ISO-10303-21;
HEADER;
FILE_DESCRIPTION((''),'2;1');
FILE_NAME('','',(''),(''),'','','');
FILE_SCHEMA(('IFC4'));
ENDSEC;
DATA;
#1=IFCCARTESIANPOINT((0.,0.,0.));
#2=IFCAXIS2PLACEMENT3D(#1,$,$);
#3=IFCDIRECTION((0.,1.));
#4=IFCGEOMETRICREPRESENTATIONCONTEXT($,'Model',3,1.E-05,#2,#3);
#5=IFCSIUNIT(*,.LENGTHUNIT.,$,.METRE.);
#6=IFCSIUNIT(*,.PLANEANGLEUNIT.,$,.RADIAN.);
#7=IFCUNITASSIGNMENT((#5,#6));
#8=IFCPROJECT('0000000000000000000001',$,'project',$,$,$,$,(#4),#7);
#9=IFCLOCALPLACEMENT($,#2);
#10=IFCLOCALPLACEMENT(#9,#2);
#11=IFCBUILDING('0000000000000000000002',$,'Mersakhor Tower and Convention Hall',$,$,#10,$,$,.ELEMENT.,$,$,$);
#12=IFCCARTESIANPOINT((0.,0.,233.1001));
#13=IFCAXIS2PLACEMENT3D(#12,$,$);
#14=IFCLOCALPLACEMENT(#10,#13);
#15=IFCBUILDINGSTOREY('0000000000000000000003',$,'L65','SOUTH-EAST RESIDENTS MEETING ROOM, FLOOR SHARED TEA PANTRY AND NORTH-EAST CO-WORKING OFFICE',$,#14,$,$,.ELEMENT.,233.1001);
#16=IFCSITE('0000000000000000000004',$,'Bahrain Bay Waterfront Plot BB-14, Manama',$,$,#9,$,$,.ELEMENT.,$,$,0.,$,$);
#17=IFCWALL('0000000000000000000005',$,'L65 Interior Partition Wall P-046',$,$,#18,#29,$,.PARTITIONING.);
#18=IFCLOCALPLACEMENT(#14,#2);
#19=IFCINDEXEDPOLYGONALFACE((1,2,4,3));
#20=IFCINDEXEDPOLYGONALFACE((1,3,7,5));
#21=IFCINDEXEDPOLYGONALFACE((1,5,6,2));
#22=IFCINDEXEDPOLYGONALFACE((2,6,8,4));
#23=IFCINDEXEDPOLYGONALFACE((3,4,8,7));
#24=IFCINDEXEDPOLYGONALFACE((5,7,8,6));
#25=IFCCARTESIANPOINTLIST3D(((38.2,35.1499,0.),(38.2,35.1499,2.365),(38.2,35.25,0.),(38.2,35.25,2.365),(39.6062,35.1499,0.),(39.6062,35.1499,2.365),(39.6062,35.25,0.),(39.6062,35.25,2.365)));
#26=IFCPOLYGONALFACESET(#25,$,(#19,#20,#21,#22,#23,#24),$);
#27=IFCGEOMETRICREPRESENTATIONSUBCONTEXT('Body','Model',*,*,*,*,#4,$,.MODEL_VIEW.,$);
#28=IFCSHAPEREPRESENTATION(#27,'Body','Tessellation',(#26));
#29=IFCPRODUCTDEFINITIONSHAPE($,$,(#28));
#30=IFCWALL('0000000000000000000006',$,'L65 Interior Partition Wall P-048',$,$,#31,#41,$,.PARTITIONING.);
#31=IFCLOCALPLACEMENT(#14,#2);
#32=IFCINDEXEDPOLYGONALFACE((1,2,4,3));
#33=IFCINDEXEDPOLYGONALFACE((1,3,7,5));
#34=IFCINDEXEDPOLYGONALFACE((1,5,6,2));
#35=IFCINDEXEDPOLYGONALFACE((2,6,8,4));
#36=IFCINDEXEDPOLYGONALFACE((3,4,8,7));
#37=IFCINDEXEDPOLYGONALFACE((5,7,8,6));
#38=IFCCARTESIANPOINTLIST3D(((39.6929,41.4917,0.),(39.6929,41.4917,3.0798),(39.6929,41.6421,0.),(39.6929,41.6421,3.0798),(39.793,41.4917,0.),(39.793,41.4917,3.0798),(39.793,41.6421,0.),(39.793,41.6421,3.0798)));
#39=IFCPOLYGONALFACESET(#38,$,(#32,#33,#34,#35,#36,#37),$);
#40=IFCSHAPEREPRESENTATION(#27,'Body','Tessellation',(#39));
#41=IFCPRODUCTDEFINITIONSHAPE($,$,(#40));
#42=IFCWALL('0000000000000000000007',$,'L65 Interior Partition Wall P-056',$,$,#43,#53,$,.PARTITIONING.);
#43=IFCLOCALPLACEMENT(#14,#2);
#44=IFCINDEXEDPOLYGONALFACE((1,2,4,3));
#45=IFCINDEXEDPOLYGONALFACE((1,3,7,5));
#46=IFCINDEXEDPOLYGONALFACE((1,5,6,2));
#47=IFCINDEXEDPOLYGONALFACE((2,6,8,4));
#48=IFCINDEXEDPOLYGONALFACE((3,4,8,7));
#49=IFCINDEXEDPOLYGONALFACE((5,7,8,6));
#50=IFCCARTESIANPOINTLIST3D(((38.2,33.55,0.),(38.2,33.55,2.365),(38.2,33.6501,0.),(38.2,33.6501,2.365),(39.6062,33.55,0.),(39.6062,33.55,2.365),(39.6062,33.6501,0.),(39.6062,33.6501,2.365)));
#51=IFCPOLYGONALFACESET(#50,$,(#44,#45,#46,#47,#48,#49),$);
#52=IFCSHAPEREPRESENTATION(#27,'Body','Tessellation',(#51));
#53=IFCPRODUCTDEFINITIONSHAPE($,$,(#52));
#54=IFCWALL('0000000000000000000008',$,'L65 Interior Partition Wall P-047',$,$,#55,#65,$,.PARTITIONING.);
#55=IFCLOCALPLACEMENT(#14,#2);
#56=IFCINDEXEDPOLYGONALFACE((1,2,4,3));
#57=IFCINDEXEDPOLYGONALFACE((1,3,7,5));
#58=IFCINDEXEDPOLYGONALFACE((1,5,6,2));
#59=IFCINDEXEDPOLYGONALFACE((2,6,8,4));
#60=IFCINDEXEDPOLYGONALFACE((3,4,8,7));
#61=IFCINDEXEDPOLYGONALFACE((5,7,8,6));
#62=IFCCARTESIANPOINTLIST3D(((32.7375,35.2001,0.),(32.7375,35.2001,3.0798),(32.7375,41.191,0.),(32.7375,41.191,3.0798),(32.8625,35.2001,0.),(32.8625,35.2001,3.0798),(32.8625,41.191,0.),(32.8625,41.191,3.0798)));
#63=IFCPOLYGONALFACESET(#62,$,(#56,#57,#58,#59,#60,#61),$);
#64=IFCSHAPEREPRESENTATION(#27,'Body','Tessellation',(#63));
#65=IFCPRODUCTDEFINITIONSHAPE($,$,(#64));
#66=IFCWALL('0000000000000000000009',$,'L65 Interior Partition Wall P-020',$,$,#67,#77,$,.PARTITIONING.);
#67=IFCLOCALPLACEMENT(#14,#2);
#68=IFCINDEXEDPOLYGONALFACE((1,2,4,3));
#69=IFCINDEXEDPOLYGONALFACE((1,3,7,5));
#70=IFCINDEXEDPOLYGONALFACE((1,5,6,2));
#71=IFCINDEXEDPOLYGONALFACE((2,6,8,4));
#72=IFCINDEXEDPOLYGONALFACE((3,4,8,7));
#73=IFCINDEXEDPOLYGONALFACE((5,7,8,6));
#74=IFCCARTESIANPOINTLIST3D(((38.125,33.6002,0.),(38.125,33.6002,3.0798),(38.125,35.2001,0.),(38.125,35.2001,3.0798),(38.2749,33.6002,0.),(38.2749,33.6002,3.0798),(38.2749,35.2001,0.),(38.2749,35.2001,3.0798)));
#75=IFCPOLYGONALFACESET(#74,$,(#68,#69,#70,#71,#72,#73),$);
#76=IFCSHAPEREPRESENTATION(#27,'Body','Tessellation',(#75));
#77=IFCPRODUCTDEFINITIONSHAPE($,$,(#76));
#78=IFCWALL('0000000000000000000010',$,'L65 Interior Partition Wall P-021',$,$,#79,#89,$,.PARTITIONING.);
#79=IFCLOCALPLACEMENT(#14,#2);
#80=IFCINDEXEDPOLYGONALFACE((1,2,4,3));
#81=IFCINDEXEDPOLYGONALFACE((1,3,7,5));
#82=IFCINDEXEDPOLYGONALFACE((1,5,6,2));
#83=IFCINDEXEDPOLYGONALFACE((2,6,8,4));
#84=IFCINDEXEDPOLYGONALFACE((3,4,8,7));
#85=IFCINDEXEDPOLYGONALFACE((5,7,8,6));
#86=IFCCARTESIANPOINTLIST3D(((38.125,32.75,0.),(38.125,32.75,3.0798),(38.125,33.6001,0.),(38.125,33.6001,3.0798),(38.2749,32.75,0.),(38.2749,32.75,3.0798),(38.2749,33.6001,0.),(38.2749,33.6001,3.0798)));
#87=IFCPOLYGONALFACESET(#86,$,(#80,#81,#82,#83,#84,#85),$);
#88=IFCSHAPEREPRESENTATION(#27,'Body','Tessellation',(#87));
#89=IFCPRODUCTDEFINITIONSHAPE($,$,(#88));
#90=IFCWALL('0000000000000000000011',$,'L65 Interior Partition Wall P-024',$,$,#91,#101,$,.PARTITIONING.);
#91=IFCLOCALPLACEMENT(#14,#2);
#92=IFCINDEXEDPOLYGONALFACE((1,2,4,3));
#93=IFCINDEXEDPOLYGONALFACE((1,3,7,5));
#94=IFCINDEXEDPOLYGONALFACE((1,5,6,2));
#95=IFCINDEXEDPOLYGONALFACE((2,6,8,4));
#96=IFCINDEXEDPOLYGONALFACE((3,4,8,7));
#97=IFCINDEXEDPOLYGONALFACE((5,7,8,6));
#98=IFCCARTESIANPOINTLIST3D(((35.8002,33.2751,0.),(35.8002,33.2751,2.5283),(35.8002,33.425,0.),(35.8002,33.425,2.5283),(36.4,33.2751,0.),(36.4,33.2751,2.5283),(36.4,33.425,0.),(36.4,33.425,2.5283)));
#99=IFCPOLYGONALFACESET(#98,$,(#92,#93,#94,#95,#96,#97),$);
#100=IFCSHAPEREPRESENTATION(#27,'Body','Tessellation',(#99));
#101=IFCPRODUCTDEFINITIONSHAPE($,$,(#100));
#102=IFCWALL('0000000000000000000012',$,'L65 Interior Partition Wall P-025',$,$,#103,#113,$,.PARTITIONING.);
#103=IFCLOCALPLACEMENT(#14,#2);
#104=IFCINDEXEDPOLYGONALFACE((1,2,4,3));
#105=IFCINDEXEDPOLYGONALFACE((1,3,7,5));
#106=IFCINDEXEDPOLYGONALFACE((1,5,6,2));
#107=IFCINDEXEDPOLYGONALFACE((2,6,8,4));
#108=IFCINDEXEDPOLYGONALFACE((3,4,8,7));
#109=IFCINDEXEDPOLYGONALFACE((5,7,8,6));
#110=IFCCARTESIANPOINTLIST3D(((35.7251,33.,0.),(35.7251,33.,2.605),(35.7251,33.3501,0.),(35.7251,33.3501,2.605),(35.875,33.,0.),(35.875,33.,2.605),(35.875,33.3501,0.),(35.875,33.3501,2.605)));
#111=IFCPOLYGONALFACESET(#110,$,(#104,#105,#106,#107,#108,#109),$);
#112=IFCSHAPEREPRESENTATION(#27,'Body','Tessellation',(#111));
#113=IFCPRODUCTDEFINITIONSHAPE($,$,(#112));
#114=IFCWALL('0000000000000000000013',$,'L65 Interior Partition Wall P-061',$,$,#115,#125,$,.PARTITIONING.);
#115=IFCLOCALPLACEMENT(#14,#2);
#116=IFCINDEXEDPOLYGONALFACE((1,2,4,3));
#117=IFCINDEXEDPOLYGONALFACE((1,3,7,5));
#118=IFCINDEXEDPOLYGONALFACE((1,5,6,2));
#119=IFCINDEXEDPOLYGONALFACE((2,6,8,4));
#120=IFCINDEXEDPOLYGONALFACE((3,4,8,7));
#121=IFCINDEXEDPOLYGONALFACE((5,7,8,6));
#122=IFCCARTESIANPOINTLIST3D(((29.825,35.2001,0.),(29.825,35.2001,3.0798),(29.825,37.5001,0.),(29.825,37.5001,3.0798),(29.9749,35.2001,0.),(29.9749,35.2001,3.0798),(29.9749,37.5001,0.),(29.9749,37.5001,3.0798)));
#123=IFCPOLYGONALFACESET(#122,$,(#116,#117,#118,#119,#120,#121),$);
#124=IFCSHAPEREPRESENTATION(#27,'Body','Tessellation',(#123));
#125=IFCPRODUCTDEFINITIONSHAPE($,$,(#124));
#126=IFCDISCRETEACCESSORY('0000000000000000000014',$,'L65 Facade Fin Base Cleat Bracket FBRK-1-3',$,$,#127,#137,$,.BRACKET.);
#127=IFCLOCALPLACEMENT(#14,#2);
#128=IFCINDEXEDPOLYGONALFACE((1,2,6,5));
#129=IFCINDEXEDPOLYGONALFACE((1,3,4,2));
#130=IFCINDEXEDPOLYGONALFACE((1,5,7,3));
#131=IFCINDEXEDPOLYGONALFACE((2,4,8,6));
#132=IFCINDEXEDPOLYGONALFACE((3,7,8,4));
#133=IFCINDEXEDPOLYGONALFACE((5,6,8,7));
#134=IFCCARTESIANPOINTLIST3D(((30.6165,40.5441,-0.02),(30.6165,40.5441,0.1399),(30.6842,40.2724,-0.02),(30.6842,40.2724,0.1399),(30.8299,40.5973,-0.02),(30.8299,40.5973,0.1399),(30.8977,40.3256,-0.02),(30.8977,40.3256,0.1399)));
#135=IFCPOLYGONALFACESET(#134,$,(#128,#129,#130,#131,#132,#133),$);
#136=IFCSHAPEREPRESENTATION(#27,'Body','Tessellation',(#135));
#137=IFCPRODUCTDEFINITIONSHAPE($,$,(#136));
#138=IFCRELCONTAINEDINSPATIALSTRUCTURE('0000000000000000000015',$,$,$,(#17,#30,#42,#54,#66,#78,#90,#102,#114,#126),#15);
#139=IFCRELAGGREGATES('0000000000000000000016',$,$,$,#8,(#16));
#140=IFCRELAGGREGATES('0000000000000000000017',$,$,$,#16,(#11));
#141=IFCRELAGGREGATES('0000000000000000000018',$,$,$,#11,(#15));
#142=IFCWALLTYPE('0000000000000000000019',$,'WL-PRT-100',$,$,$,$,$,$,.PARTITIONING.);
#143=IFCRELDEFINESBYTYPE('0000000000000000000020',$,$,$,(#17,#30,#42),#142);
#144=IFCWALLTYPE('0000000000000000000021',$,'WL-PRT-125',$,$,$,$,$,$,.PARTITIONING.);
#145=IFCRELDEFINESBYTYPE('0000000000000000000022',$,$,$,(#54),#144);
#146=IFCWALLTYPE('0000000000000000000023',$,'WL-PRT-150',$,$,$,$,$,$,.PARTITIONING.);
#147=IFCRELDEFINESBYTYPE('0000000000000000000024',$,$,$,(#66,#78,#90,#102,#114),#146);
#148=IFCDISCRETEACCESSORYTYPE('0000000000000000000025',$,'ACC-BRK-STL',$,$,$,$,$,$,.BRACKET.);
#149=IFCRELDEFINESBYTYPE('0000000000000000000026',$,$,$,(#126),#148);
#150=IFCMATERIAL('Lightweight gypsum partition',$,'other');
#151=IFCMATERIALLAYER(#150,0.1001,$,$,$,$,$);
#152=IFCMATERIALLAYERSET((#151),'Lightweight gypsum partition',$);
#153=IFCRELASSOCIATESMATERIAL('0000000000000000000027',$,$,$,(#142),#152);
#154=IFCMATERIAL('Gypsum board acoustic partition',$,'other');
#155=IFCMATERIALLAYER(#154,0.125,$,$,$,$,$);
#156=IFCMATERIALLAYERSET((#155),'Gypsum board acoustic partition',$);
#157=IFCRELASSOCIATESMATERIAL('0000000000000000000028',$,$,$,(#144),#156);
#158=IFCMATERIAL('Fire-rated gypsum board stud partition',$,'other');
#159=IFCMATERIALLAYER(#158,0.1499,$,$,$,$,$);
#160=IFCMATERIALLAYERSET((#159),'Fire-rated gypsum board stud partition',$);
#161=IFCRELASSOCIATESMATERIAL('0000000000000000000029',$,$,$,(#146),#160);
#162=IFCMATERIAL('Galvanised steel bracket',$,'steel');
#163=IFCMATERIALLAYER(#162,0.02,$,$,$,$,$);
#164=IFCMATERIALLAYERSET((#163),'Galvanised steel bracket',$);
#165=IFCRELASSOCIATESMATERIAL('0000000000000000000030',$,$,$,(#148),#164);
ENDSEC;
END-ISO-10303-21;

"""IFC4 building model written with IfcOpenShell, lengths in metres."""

from ifc_helpers import new_model, si_unit, direction, frame, frame_2d, origin, origin_2d, place, context, subcontext, project, spatial, rectangle, extrude, material, layer, layer_set, type_object, element, save


model = new_model("IFC4")

# Units and contexts
model_context = context("Model", 3, precision=1e-05, world=origin(), true_north=direction((0.0, 1.0)))
body_context = subcontext(model_context, "Body", "Model", "MODEL_VIEW")
ifc_project = project(units=[si_unit("LENGTHUNIT", "METRE"), si_unit("PLANEANGLEUNIT", "RADIAN")], contexts=[model_context])

# Site, building, storey
site_placement = place(None, origin())
site = spatial("IfcSite", under=ifc_project, at=site_placement, Name="Bahrain Bay Waterfront Plot BB-14, Manama", CompositionType="ELEMENT", RefElevation=0.0)
building_placement = place(site_placement, origin())
building = spatial("IfcBuilding", under=site, at=building_placement, Name="Mersakhor Tower and Convention Hall", CompositionType="ELEMENT")
storey_placement = place(building_placement, frame((0.0, 0.0, 233.1001)))
storey = spatial("IfcBuildingStorey", under=building, at=storey_placement, Name="L65", Description="SOUTH-EAST RESIDENTS MEETING ROOM, FLOOR SHARED TEA PANTRY AND NORTH-EAST CO-WORKING OFFICE", CompositionType="ELEMENT", Elevation=233.1001)

# Walls
ifc_material_1 = material(Name="Lightweight gypsum partition", Category="other")
ifc_layer_1 = layer(ifc_material_1, 0.1001)
ifc_layer_set_1 = layer_set([ifc_layer_1], Name="Lightweight gypsum partition")
wall_type_1 = type_object("IfcWallType", Name="WL-PRT-100", PredefinedType="PARTITIONING", material=ifc_layer_set_1)
wall_1_placement = place(storey_placement, frame((39.6062, 35.2, 0.0), z_axis=(0.0, 0.0, 1.0), x_axis=(-1.0, 0.0, 0.0)))
element("IfcWall", 1, at=wall_1_placement, inside=storey, type_object=wall_type_1, Name="L65 Interior Partition Wall P-046", PredefinedType="PARTITIONING", context=body_context, shape_type="SweptSolid", body=[
    extrude(rectangle(XDim=1.4062, YDim=0.1001, at=frame_2d((0.7031, 0.0))), origin(), (0.0, 0.0, 1.0), 2.365),
])
wall_2_placement = place(storey_placement, frame((39.7429, 41.6421, 0.0), z_axis=(0.0, 0.0, 1.0), x_axis=(0.0, -1.0, 0.0)))
element("IfcWall", 2, at=wall_2_placement, inside=storey, type_object=wall_type_1, Name="L65 Interior Partition Wall P-048", PredefinedType="PARTITIONING", context=body_context, shape_type="SweptSolid", body=[
    extrude(rectangle(XDim=0.1504, YDim=0.1001, at=frame_2d((0.0752, 0.0))), origin(), (0.0, 0.0, 1.0), 3.0798),
])
wall_3_placement = place(storey_placement, frame((38.2, 33.6001, 0.0), z_axis=(0.0, 0.0, 1.0), x_axis=(1.0, 0.0, 0.0)))
element("IfcWall", 3, at=wall_3_placement, inside=storey, type_object=wall_type_1, Name="L65 Interior Partition Wall P-056", PredefinedType="PARTITIONING", context=body_context, shape_type="SweptSolid", body=[
    extrude(rectangle(XDim=1.4062, YDim=0.1001, at=frame_2d((0.7031, 0.0))), origin(), (0.0, 0.0, 1.0), 2.365),
])
ifc_material_2 = material(Name="Gypsum board acoustic partition", Category="other")
ifc_layer_2 = layer(ifc_material_2, 0.125)
ifc_layer_set_2 = layer_set([ifc_layer_2], Name="Gypsum board acoustic partition")
wall_type_2 = type_object("IfcWallType", Name="WL-PRT-125", PredefinedType="PARTITIONING", material=ifc_layer_set_2)
wall_4_placement = place(storey_placement, frame((32.8, 35.2, 0.0), z_axis=(0.0, 0.0, 1.0), x_axis=(0.0, 1.0, 0.0)))
element("IfcWall", 4, at=wall_4_placement, inside=storey, type_object=wall_type_2, Name="L65 Interior Partition Wall P-047", PredefinedType="PARTITIONING", context=body_context, shape_type="SweptSolid", body=[
    extrude(rectangle(XDim=5.991, YDim=0.125, at=frame_2d((2.9956, 0.0))), origin(), (0.0, 0.0, 1.0), 3.0798),
])

# Shared definitions
ifc_material_3 = material(Name="Fire-rated gypsum board stud partition", Category="other")
ifc_layer_3 = layer(ifc_material_3, 0.1499)
ifc_layer_set_3 = layer_set([ifc_layer_3], Name="Fire-rated gypsum board stud partition")
wall_type_3 = type_object("IfcWallType", Name="WL-PRT-150", PredefinedType="PARTITIONING", material=ifc_layer_set_3)

# Walls
wall_5_placement = place(storey_placement, frame((38.2, 35.2, 0.0), z_axis=(0.0, 0.0, 1.0), x_axis=(0.0, -1.0, 0.0)))
element("IfcWall", 5, at=wall_5_placement, inside=storey, type_object=wall_type_3, Name="L65 Interior Partition Wall P-020", PredefinedType="PARTITIONING", context=body_context, shape_type="SweptSolid", body=[
    extrude(rectangle(XDim=1.5999, YDim=0.1499, at=frame_2d((0.7998, 0.0))), origin(), (0.0, 0.0, 1.0), 3.0798),
])
wall_6_placement = place(storey_placement, frame((38.2, 33.6001, 0.0), z_axis=(0.0, 0.0, 1.0), x_axis=(0.0, -1.0, 0.0)))
element("IfcWall", 6, at=wall_6_placement, inside=storey, type_object=wall_type_3, Name="L65 Interior Partition Wall P-021", PredefinedType="PARTITIONING", context=body_context, shape_type="SweptSolid", body=[
    extrude(rectangle(XDim=0.8501, YDim=0.1499, at=frame_2d((0.425, 0.0))), origin(), (0.0, 0.0, 1.0), 3.0798),
])
wall_7_placement = place(storey_placement, frame((36.3999, 33.3501, 0.0), z_axis=(0.0, 0.0, 1.0), x_axis=(-1.0, 0.0, 0.0)))
element("IfcWall", 7, at=wall_7_placement, inside=storey, type_object=wall_type_3, Name="L65 Interior Partition Wall P-024", PredefinedType="PARTITIONING", context=body_context, shape_type="SweptSolid", body=[
    extrude(rectangle(XDim=0.5999, YDim=0.1499, at=frame_2d((0.2998, 0.0))), origin(), (0.0, 0.0, 1.0), 2.5283),
])
wall_8_placement = place(storey_placement, frame((35.8, 33.3501, 0.0), z_axis=(0.0, 0.0, 1.0), x_axis=(0.0, -1.0, 0.0)))
element("IfcWall", 8, at=wall_8_placement, inside=storey, type_object=wall_type_3, Name="L65 Interior Partition Wall P-025", PredefinedType="PARTITIONING", context=body_context, shape_type="SweptSolid", body=[
    extrude(rectangle(XDim=0.3501, YDim=0.1499, at=frame_2d((0.175, 0.0))), origin(), (0.0, 0.0, 1.0), 2.605),
])
wall_9_placement = place(storey_placement, frame((29.8999, 37.5, 0.0), z_axis=(0.0, 0.0, 1.0), x_axis=(0.0, -1.0, 0.0)))
element("IfcWall", 9, at=wall_9_placement, inside=storey, type_object=wall_type_3, Name="L65 Interior Partition Wall P-061", PredefinedType="PARTITIONING", context=body_context, shape_type="SweptSolid", body=[
    extrude(rectangle(XDim=2.3, YDim=0.1499, at=frame_2d((1.1499, 0.0))), origin(), (0.0, 0.0, 1.0), 3.0798),
])

# Discrete accessory
ifc_material_4 = material(Name="Galvanised steel bracket", Category="steel")
ifc_layer_4 = layer(ifc_material_4, 0.02)
ifc_layer_set_4 = layer_set([ifc_layer_4], Name="Galvanised steel bracket")
discrete_accessory_type = type_object("IfcDiscreteAccessoryType", Name="ACC-BRK-STL", PredefinedType="BRACKET", material=ifc_layer_set_4)
discrete_accessory_placement = place(storey_placement, frame((30.7571, 40.4348, -0.02), z_axis=(0.0, 0.0, 1.0), x_axis=(-0.241922, 0.970296, 0.0)))
element("IfcDiscreteAccessory", 10, at=discrete_accessory_placement, inside=storey, type_object=discrete_accessory_type, Name="L65 Facade Fin Base Cleat Bracket FBRK-1-3", PredefinedType="BRACKET", context=body_context, shape_type="SweptSolid", body=[
    extrude(rectangle(XDim=0.28, YDim=0.22, at=origin_2d()), origin(), (0.0, 0.0, 1.0), 0.1599),
])

save(model, "model.ifc")
